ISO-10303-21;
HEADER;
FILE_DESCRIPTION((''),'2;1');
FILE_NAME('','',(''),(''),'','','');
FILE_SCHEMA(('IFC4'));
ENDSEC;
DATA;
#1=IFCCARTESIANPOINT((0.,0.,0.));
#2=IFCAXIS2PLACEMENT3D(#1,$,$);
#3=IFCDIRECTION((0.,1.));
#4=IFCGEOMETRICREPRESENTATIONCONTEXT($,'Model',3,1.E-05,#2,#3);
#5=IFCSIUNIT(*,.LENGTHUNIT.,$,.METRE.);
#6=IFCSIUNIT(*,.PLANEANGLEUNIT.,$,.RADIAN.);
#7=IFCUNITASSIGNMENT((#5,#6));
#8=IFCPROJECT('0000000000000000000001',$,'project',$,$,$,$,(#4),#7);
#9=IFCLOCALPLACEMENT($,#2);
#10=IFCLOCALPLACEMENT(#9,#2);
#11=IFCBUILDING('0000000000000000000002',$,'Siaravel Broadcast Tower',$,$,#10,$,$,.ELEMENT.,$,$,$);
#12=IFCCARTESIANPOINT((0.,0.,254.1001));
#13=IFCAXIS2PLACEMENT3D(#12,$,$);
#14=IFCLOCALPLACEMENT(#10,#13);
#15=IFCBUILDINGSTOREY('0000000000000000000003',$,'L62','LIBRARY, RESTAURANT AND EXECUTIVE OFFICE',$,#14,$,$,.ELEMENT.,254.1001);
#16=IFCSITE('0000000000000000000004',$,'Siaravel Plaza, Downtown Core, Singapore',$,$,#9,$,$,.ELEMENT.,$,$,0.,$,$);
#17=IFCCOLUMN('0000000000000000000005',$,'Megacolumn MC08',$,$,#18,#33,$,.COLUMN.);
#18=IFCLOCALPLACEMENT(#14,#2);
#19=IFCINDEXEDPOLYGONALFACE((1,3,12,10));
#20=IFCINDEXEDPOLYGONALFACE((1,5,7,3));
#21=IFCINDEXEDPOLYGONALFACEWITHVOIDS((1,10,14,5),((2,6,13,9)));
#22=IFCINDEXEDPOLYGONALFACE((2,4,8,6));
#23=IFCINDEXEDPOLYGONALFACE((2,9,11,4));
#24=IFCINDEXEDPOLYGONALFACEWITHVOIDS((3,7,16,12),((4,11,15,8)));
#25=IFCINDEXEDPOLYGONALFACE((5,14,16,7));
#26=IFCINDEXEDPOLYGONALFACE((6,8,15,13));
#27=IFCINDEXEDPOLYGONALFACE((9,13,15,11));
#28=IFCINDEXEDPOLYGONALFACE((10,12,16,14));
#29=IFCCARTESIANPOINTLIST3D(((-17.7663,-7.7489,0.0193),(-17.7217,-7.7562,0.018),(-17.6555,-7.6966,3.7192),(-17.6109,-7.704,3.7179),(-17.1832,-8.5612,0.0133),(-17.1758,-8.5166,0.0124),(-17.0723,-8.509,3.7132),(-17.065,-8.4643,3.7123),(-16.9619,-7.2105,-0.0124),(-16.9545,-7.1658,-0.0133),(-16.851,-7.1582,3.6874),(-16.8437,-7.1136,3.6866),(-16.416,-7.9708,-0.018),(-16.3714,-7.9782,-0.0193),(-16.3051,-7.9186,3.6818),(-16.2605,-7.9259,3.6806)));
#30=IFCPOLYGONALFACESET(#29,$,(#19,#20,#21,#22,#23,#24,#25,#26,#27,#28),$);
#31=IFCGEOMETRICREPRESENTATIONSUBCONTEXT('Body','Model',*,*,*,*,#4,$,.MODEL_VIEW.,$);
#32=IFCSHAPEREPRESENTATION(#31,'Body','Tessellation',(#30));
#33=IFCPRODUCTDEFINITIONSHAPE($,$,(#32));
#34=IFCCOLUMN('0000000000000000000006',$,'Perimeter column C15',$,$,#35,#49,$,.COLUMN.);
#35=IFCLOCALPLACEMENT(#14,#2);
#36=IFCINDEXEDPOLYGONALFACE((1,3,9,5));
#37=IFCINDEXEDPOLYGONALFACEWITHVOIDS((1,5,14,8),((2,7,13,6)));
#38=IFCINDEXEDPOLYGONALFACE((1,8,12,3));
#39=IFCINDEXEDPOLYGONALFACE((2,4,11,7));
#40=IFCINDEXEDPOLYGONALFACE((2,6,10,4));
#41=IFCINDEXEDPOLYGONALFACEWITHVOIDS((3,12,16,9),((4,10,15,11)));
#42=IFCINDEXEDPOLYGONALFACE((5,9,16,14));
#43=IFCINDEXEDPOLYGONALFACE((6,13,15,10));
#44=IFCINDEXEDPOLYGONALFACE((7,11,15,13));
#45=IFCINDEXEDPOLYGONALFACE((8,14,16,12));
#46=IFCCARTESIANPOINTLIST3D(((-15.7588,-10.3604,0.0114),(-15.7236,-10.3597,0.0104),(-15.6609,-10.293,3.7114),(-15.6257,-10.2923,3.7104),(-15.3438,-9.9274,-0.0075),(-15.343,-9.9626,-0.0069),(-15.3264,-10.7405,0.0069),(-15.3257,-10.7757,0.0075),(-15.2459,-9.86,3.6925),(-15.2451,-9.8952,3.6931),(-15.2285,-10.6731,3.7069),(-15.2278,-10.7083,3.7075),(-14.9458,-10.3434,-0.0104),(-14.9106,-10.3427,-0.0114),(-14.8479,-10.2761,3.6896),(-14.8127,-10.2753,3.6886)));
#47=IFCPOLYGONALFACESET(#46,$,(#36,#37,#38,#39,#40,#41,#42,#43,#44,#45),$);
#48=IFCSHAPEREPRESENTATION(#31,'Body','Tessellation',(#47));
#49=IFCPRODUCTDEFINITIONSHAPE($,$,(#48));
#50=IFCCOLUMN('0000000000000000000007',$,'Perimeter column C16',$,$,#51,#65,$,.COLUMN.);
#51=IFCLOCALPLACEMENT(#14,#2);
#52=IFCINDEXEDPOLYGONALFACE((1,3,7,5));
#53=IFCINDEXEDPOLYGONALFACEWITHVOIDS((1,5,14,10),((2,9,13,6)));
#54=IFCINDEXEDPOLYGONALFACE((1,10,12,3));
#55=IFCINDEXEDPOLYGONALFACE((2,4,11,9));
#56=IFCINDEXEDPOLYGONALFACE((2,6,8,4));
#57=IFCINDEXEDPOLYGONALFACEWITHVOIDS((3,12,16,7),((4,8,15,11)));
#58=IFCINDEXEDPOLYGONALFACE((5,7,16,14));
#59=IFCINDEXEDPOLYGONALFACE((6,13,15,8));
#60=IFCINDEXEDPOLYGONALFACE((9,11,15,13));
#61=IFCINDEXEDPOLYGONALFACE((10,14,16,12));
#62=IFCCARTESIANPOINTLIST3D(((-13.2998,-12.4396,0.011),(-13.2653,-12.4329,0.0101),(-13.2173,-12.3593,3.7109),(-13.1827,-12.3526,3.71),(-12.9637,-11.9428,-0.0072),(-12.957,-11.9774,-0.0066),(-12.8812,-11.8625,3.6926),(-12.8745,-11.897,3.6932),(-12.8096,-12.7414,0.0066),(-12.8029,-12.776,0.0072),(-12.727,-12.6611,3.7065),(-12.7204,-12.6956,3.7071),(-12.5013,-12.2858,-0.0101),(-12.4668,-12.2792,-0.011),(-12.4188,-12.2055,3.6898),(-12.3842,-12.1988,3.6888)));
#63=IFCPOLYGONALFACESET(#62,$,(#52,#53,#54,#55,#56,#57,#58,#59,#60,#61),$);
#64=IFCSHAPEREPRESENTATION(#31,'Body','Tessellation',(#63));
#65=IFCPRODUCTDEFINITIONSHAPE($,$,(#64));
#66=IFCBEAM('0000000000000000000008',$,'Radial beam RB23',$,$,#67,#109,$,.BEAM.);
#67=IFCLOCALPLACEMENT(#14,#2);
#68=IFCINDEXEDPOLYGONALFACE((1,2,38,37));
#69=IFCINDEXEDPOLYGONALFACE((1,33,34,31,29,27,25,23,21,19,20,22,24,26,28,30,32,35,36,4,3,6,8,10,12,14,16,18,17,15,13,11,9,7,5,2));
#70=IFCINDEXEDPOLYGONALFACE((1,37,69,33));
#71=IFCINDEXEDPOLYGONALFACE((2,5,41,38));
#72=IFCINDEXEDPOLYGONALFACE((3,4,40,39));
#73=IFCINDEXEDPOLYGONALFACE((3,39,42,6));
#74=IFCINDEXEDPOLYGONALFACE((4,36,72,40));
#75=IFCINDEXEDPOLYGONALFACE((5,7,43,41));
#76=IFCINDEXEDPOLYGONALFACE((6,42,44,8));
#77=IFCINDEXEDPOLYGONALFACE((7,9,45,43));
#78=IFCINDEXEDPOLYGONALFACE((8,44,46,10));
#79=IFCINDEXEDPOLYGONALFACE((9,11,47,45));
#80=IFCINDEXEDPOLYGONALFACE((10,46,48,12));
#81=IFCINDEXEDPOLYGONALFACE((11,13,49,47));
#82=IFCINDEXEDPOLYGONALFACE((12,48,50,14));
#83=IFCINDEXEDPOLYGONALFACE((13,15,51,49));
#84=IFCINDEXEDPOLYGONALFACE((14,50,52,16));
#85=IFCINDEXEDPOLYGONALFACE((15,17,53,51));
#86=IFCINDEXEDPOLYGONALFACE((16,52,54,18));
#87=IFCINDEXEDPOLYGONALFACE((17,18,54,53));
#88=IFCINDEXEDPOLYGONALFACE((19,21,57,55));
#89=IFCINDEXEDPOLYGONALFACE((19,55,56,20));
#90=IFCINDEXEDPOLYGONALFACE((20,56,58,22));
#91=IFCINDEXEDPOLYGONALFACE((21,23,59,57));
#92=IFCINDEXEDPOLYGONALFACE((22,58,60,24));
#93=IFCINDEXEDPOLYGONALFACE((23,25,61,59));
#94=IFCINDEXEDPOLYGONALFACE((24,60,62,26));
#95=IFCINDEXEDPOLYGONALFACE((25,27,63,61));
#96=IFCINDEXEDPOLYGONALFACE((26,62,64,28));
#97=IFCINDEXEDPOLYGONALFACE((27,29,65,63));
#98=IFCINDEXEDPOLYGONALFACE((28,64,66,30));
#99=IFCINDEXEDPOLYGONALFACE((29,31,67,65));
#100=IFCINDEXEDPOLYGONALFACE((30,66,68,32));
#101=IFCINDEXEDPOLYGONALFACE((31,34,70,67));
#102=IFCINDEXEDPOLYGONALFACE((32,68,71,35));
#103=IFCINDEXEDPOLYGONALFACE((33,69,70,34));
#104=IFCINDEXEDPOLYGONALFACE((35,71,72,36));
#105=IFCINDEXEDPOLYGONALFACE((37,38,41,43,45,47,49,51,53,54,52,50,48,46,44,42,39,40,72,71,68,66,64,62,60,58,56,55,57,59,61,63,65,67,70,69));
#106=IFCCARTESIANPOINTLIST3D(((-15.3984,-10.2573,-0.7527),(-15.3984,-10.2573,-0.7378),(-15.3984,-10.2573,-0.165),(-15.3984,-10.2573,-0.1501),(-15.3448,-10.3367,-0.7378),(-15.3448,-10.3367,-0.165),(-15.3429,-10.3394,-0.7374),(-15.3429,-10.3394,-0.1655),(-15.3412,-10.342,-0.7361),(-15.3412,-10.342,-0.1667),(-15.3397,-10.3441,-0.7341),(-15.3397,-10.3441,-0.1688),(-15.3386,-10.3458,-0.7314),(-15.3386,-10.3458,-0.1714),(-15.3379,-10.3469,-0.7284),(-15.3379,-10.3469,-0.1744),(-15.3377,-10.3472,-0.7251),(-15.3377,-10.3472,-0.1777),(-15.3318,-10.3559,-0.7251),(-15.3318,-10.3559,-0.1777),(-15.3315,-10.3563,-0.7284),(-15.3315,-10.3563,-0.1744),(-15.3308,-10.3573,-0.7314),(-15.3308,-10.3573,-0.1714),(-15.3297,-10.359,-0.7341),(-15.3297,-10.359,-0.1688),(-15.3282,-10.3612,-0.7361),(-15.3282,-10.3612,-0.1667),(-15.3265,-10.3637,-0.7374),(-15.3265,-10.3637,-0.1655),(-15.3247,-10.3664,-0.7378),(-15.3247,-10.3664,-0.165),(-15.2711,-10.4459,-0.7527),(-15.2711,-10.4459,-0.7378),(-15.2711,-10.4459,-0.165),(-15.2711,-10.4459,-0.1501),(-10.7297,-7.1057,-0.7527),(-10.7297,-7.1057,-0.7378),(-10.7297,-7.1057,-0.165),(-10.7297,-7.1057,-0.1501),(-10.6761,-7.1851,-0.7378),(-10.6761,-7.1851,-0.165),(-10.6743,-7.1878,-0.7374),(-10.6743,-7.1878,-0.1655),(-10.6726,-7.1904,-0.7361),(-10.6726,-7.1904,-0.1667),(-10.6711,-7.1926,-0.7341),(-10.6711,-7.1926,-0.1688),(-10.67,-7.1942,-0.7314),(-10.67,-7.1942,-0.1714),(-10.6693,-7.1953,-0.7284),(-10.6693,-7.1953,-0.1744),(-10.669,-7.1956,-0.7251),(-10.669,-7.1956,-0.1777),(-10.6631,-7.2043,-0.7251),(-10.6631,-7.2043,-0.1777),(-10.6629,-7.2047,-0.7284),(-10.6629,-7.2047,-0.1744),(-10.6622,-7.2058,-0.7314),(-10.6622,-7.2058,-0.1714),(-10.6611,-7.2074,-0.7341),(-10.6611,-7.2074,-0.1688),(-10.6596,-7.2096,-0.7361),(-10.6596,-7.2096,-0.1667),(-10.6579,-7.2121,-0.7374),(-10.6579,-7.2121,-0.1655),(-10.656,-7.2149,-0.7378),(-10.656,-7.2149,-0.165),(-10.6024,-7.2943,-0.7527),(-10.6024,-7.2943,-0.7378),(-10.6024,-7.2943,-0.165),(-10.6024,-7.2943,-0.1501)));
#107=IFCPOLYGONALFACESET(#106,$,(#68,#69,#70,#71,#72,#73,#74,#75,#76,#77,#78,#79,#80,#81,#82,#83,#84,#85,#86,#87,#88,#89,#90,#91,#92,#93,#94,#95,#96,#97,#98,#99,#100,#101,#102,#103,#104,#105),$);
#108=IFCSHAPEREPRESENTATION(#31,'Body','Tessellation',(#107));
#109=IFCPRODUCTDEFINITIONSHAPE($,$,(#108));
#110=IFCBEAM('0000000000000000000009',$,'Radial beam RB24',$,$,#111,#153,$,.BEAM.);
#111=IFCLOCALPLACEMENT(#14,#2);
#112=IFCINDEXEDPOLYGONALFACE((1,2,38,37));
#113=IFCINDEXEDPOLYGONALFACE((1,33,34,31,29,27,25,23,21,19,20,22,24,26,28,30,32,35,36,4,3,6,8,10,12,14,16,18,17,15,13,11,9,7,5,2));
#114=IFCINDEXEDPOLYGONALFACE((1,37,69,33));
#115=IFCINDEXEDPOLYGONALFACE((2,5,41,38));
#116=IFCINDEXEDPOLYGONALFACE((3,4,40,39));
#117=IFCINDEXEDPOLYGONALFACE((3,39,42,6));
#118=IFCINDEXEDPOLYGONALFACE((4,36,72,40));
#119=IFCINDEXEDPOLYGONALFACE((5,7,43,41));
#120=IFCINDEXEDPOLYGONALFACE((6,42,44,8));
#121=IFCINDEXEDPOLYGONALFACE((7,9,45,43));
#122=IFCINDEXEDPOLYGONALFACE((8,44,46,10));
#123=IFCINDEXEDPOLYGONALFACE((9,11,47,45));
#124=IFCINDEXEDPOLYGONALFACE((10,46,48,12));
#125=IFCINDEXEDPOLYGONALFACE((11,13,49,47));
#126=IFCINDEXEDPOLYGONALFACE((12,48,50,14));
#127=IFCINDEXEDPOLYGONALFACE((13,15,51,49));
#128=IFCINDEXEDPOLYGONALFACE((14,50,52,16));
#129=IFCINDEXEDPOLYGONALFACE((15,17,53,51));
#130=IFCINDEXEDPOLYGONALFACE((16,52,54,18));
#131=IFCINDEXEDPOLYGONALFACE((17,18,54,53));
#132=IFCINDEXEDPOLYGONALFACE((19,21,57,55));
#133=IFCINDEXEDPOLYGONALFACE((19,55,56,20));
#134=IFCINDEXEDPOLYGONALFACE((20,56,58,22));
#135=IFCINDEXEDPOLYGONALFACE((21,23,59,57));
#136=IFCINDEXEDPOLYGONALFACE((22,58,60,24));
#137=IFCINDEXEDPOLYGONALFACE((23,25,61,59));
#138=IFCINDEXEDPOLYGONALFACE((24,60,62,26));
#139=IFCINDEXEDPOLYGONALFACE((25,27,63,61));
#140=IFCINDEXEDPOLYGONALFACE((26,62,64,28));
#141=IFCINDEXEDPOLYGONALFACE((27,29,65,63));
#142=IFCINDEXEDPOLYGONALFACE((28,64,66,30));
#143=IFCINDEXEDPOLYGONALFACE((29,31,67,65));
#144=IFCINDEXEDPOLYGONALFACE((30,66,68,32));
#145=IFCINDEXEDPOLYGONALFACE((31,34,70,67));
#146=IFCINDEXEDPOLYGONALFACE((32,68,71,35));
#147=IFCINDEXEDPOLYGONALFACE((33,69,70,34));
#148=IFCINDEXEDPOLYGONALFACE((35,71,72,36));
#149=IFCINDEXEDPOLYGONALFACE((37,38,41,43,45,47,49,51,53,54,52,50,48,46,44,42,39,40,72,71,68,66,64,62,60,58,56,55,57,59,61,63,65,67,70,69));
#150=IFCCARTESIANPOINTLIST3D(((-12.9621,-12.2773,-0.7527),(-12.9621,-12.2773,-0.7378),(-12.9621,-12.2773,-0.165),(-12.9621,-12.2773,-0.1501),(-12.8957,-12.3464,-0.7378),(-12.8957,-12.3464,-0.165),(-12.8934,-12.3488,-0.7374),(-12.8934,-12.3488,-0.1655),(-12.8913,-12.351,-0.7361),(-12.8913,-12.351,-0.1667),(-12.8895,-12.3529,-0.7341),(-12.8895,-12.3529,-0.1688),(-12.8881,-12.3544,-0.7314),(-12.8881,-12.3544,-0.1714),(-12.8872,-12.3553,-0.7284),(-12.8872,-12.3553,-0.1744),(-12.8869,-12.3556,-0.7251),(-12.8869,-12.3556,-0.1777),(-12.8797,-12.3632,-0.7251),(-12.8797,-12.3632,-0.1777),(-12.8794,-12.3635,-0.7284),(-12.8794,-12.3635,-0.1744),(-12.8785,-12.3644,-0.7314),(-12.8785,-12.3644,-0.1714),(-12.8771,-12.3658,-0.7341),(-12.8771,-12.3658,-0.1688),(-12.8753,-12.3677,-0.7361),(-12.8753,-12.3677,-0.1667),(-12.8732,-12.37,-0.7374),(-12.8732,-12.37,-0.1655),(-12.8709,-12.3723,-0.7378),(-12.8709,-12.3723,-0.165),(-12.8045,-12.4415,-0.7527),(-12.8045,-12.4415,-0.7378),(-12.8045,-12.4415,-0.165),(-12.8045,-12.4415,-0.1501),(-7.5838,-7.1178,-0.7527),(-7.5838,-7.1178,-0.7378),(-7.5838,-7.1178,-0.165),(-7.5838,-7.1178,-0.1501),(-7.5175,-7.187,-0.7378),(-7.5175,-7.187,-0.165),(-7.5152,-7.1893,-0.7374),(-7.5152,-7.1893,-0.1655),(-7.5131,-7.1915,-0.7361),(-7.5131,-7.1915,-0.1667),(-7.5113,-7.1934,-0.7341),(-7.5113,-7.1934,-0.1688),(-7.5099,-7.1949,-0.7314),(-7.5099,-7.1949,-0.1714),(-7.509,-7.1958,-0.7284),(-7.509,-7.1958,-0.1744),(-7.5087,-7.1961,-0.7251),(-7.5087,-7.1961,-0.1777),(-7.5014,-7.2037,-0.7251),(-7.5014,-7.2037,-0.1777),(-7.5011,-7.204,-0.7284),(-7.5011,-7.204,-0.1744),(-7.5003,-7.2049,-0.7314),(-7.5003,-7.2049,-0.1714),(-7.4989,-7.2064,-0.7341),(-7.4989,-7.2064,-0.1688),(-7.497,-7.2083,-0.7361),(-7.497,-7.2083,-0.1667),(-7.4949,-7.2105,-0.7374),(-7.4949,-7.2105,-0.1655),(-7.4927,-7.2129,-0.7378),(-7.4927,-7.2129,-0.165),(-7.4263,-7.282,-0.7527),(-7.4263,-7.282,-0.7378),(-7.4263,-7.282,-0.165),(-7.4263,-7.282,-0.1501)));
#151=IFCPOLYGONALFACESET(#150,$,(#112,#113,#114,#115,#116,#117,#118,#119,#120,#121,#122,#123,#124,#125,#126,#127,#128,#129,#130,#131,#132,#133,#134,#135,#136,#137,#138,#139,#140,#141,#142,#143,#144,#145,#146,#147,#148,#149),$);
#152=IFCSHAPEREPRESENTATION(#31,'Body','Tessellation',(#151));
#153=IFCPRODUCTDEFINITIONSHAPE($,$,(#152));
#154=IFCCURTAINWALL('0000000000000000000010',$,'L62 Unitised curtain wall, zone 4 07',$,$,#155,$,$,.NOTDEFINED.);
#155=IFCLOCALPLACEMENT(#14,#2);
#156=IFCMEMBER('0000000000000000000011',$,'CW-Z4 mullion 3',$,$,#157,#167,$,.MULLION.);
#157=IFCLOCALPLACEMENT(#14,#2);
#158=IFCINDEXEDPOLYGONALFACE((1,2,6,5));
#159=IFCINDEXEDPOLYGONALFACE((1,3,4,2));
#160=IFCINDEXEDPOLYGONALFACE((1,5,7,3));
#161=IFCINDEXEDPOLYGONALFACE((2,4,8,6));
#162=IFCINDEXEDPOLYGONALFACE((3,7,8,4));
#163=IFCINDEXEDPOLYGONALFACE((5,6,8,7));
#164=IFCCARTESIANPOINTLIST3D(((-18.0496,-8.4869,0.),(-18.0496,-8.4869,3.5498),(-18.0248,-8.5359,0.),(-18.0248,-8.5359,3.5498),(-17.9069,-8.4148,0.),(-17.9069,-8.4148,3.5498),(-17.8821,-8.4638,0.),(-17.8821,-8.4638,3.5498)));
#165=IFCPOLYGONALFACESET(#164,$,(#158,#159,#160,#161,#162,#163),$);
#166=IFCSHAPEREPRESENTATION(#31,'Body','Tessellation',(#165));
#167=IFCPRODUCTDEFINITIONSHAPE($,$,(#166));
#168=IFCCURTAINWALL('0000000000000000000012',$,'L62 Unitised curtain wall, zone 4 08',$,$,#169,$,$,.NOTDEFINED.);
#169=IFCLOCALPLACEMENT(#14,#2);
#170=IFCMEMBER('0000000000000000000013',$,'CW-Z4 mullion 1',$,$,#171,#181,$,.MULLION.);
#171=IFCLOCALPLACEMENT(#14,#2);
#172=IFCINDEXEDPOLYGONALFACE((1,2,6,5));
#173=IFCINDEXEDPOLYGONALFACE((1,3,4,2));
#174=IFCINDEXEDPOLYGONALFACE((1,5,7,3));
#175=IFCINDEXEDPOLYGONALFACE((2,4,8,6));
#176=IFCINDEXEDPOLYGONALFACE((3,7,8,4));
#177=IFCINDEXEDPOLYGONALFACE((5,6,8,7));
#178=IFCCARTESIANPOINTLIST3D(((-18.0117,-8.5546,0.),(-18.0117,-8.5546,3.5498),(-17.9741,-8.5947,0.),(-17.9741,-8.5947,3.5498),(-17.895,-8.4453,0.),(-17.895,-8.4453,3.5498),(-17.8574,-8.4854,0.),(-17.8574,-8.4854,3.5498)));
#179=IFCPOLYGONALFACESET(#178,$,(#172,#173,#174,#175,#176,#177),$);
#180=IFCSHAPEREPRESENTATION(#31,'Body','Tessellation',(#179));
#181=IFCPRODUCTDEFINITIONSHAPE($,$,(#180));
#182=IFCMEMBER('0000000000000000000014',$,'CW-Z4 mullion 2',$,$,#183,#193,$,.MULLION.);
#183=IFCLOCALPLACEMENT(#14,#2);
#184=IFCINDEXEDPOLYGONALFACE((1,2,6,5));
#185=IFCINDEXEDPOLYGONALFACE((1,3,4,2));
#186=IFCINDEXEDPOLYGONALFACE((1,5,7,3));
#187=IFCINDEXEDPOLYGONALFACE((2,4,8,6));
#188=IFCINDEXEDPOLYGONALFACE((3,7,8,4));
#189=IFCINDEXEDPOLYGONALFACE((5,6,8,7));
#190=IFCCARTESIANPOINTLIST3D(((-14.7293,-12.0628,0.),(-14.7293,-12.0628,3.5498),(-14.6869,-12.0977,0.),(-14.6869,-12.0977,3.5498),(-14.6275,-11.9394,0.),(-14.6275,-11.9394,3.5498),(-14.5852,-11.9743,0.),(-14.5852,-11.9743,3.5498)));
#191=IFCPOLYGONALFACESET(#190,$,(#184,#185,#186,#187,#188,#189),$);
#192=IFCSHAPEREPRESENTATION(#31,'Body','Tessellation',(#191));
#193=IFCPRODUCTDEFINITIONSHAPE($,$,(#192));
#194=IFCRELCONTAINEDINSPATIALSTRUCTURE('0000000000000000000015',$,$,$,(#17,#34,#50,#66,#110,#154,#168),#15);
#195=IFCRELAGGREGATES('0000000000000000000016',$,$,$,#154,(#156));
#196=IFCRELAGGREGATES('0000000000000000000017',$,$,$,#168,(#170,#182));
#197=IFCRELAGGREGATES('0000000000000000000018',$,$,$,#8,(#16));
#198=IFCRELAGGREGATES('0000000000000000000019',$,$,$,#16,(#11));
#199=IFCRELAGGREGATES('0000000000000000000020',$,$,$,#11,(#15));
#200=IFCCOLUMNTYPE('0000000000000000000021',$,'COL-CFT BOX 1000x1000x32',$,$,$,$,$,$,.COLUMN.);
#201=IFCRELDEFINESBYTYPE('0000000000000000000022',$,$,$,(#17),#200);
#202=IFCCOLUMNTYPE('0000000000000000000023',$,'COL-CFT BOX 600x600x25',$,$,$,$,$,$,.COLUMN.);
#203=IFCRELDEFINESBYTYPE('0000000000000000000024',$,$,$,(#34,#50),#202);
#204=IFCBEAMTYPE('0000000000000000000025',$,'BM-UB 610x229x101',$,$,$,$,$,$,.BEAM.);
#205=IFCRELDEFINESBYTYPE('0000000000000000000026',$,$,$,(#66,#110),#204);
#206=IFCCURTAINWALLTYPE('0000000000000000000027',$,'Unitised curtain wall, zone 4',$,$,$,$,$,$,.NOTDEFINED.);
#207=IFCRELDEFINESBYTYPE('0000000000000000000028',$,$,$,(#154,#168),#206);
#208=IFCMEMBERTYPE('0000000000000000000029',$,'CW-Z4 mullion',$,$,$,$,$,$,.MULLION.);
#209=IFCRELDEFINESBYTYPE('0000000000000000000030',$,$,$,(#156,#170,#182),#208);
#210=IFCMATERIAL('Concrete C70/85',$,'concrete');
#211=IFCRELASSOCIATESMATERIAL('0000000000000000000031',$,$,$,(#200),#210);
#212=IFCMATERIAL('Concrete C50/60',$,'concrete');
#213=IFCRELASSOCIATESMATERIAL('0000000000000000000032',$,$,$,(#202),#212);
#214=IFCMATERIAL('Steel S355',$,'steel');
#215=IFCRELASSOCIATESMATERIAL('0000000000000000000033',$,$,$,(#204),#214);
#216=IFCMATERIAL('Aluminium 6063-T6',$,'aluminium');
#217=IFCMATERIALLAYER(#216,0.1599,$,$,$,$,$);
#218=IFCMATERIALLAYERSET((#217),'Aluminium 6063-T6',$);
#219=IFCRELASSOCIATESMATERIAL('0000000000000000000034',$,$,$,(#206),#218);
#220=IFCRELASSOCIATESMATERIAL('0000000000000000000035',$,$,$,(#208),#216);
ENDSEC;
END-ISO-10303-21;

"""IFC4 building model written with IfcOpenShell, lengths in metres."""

from ifc_helpers import new_model, si_unit, direction, frame, origin, origin_2d, place, context, subcontext, project, spatial, rectangle, hollow_rectangle, i_section, extrude, material, layer, layer_set, material_profile, profile_set, type_object, element, aggregate, save


model = new_model("IFC4")

# Units and contexts
model_context = context("Model", 3, precision=1e-05, world=origin(), true_north=direction((0.0, 1.0)))
body_context = subcontext(model_context, "Body", "Model", "MODEL_VIEW")
ifc_project = project(units=[si_unit("LENGTHUNIT", "METRE"), si_unit("PLANEANGLEUNIT", "RADIAN")], contexts=[model_context])

# Site, building, storey
site_placement = place(None, origin())
site = spatial("IfcSite", under=ifc_project, at=site_placement, Name="Siaravel Plaza, Downtown Core, Singapore", CompositionType="ELEMENT", RefElevation=0.0)
building_placement = place(site_placement, origin())
building = spatial("IfcBuilding", under=site, at=building_placement, Name="Siaravel Broadcast Tower", CompositionType="ELEMENT")
storey_placement = place(building_placement, frame((0.0, 0.0, 254.1001)))
storey = spatial("IfcBuildingStorey", under=building, at=storey_placement, Name="L62", Description="LIBRARY, RESTAURANT AND EXECUTIVE OFFICE", CompositionType="ELEMENT", Elevation=254.1001)

# Columns
ifc_material_1 = material(Name="Concrete C70/85", Category="concrete")
ifc_material_profile_1 = material_profile(ifc_material_1, hollow_rectangle(XDim=1.0, YDim=1.0, WallThickness=0.032, at=origin_2d()))
ifc_profile_set_1 = profile_set([ifc_material_profile_1], Name="Concrete C70/85")
column_type_1 = type_object("IfcColumnType", Name="COL-CFT BOX 1000x1000x32", PredefinedType="COLUMN", material=ifc_profile_set_1)
column_1_placement = place(storey_placement, frame((-17.0688, -7.8635, 0.0), z_axis=(0.029941, 0.014113, 0.999452), x_axis=(-0.583176, 0.812324, 0.006)))
element("IfcColumn", 1, at=column_1_placement, inside=storey, type_object=column_type_1, Name="Megacolumn MC08", PredefinedType="COLUMN", context=body_context, shape_type="SweptSolid", body=[
    extrude(hollow_rectangle(XDim=1.0, YDim=1.0, WallThickness=0.032, at=origin_2d()), origin(), (0.0, 0.0, 1.0), 3.7019),
])
ifc_material_2 = material(Name="Concrete C50/60", Category="concrete")
ifc_material_profile_2 = material_profile(ifc_material_2, hollow_rectangle(XDim=0.6001, YDim=0.6001, WallThickness=0.0249, at=origin_2d()))
ifc_profile_set_2 = profile_set([ifc_material_profile_2], Name="Concrete C50/60")
column_type_2 = type_object("IfcColumnType", Name="COL-CFT BOX 600x600x25", PredefinedType="COLUMN", material=ifc_profile_set_2)
column_2_placement = place(storey_placement, frame((-15.3347, -10.3516, 0.0), z_axis=(0.026446, 0.018202, 0.999484), x_axis=(-0.721781, 0.692091, 0.006494)))
element("IfcColumn", 2, at=column_2_placement, inside=storey, type_object=column_type_2, Name="Perimeter column C15", PredefinedType="COLUMN", context=body_context, shape_type="SweptSolid", body=[
    extrude(hollow_rectangle(XDim=0.6001, YDim=0.6001, WallThickness=0.0249, at=origin_2d()), origin(), (0.0, 0.0, 1.0), 3.7019),
])
column_3_placement = place(storey_placement, frame((-12.8833, -12.3594, 0.0), z_axis=(0.022292, 0.021698, 0.999516), x_axis=(-0.828126, 0.560506, 0.006302)))
element("IfcColumn", 3, at=column_3_placement, inside=storey, type_object=column_type_2, Name="Perimeter column C16", PredefinedType="COLUMN", context=body_context, shape_type="SweptSolid", body=[
    extrude(hollow_rectangle(XDim=0.6001, YDim=0.6001, WallThickness=0.0249, at=origin_2d()), origin(), (0.0, 0.0, 1.0), 3.7017),
])

# Beams
ifc_material_3 = material(Name="Steel S355", Category="steel")
ifc_material_profile_3 = material_profile(ifc_material_3, i_section(OverallWidth=0.2275, OverallDepth=0.6025, WebThickness=0.0105, FlangeThickness=0.0149, FilletRadius=0.0127, at=origin_2d()))
ifc_profile_set_3 = profile_set([ifc_material_profile_3], Name="Steel S355")
beam_type = type_object("IfcBeamType", Name="BM-UB 610x229x101", PredefinedType="BEAM", material=ifc_profile_set_3)
beam_1_placement = place(storey_placement, frame((-15.3347, -10.3516, -0.4514), z_axis=(0.828829, 0.559502, 0.0), x_axis=(-0.559502, 0.828829, 0.0)))
element("IfcBeam", 4, at=beam_1_placement, inside=storey, type_object=beam_type, Name="Radial beam RB23", PredefinedType="BEAM", context=body_context, shape_type="SweptSolid", body=[
    extrude(i_section(OverallWidth=0.2275, OverallDepth=0.6025, WebThickness=0.0105, FlangeThickness=0.0149, FilletRadius=0.0127, at=origin_2d()), origin(), (0.0, 0.0, 1.0), 5.6328),
])
beam_2_placement = place(storey_placement, frame((-12.8833, -12.3594, -0.4514), z_axis=(0.72163, 0.692279, 0.0), x_axis=(-0.692279, 0.72163, 0.0)))
element("IfcBeam", 5, at=beam_2_placement, inside=storey, type_object=beam_type, Name="Radial beam RB24", PredefinedType="BEAM", context=body_context, shape_type="SweptSolid", body=[
    extrude(i_section(OverallWidth=0.2275, OverallDepth=0.6025, WebThickness=0.0105, FlangeThickness=0.0149, FilletRadius=0.0127, at=origin_2d()), origin(), (0.0, 0.0, 1.0), 7.4529),
])

# Curtain wall, member
ifc_material_4 = material(Name="Aluminium 6063-T6", Category="aluminium")
ifc_layer_1 = layer(ifc_material_4, 0.1599)
ifc_layer_set_1 = layer_set([ifc_layer_1], Name="Aluminium 6063-T6")
curtain_wall_type = type_object("IfcCurtainWallType", Name="Unitised curtain wall, zone 4", PredefinedType="NOTDEFINED", material=ifc_layer_set_1)
curtain_wall_1_placement = place(storey_placement, origin())
curtain_wall_1 = element("IfcCurtainWall", 6, at=curtain_wall_1_placement, inside=storey, type_object=curtain_wall_type, Name="L62 Unitised curtain wall, zone 4 07", PredefinedType="NOTDEFINED")
ifc_material_profile_4 = material_profile(ifc_material_4, rectangle(XDim=0.1599, YDim=0.0549, at=origin_2d()))
ifc_profile_set_4 = profile_set([ifc_material_profile_4], Name="Aluminium 6063-T6")
member_type_1 = type_object("IfcMemberType", Name="CW-Z4 mullion", PredefinedType="MULLION", material=ifc_profile_set_4)
member_1_placement = place(storey_placement, frame((-17.9658, -8.4753, 0.0), z_axis=(0.0, 0.0, 1.0), x_axis=(0.892393, 0.451259, 0.0)))
member_1 = element("IfcMember", 7, at=member_1_placement, type_object=member_type_1, Name="CW-Z4 mullion 3", PredefinedType="MULLION", context=body_context, shape_type="SweptSolid", body=[
    extrude(rectangle(XDim=0.1599, YDim=0.0549, at=origin_2d()), origin(), (0.0, 0.0, 1.0), 3.5498),
])
aggregate(curtain_wall_1, [member_1])

# Curtain wall, members
curtain_wall_2_placement = place(storey_placement, origin())
curtain_wall_2 = element("IfcCurtainWall", 8, at=curtain_wall_2_placement, inside=storey, type_object=curtain_wall_type, Name="L62 Unitised curtain wall, zone 4 08", PredefinedType="NOTDEFINED")
member_2_placement = place(storey_placement, frame((-17.9346, -8.52, 0.0), z_axis=(0.0, 0.0, 1.0), x_axis=(0.729807, 0.683654, 0.0)))
member_2 = element("IfcMember", 9, at=member_2_placement, type_object=member_type_1, Name="CW-Z4 mullion 1", PredefinedType="MULLION", context=body_context, shape_type="SweptSolid", body=[
    extrude(rectangle(XDim=0.1599, YDim=0.0549, at=origin_2d()), origin(), (0.0, 0.0, 1.0), 3.5498),
])
member_3_placement = place(storey_placement, frame((-14.6572, -12.0186, 0.0), z_axis=(0.0, 0.0, 1.0), x_axis=(0.63622, 0.771508, 0.0)))
member_3 = element("IfcMember", 10, at=member_3_placement, type_object=member_type_1, Name="CW-Z4 mullion 2", PredefinedType="MULLION", context=body_context, shape_type="SweptSolid", body=[
    extrude(rectangle(XDim=0.1599, YDim=0.0549, at=origin_2d()), origin(), (0.0, 0.0, 1.0), 3.5498),
])
aggregate(curtain_wall_2, [member_2, member_3])

save(model, "model.ifc")
